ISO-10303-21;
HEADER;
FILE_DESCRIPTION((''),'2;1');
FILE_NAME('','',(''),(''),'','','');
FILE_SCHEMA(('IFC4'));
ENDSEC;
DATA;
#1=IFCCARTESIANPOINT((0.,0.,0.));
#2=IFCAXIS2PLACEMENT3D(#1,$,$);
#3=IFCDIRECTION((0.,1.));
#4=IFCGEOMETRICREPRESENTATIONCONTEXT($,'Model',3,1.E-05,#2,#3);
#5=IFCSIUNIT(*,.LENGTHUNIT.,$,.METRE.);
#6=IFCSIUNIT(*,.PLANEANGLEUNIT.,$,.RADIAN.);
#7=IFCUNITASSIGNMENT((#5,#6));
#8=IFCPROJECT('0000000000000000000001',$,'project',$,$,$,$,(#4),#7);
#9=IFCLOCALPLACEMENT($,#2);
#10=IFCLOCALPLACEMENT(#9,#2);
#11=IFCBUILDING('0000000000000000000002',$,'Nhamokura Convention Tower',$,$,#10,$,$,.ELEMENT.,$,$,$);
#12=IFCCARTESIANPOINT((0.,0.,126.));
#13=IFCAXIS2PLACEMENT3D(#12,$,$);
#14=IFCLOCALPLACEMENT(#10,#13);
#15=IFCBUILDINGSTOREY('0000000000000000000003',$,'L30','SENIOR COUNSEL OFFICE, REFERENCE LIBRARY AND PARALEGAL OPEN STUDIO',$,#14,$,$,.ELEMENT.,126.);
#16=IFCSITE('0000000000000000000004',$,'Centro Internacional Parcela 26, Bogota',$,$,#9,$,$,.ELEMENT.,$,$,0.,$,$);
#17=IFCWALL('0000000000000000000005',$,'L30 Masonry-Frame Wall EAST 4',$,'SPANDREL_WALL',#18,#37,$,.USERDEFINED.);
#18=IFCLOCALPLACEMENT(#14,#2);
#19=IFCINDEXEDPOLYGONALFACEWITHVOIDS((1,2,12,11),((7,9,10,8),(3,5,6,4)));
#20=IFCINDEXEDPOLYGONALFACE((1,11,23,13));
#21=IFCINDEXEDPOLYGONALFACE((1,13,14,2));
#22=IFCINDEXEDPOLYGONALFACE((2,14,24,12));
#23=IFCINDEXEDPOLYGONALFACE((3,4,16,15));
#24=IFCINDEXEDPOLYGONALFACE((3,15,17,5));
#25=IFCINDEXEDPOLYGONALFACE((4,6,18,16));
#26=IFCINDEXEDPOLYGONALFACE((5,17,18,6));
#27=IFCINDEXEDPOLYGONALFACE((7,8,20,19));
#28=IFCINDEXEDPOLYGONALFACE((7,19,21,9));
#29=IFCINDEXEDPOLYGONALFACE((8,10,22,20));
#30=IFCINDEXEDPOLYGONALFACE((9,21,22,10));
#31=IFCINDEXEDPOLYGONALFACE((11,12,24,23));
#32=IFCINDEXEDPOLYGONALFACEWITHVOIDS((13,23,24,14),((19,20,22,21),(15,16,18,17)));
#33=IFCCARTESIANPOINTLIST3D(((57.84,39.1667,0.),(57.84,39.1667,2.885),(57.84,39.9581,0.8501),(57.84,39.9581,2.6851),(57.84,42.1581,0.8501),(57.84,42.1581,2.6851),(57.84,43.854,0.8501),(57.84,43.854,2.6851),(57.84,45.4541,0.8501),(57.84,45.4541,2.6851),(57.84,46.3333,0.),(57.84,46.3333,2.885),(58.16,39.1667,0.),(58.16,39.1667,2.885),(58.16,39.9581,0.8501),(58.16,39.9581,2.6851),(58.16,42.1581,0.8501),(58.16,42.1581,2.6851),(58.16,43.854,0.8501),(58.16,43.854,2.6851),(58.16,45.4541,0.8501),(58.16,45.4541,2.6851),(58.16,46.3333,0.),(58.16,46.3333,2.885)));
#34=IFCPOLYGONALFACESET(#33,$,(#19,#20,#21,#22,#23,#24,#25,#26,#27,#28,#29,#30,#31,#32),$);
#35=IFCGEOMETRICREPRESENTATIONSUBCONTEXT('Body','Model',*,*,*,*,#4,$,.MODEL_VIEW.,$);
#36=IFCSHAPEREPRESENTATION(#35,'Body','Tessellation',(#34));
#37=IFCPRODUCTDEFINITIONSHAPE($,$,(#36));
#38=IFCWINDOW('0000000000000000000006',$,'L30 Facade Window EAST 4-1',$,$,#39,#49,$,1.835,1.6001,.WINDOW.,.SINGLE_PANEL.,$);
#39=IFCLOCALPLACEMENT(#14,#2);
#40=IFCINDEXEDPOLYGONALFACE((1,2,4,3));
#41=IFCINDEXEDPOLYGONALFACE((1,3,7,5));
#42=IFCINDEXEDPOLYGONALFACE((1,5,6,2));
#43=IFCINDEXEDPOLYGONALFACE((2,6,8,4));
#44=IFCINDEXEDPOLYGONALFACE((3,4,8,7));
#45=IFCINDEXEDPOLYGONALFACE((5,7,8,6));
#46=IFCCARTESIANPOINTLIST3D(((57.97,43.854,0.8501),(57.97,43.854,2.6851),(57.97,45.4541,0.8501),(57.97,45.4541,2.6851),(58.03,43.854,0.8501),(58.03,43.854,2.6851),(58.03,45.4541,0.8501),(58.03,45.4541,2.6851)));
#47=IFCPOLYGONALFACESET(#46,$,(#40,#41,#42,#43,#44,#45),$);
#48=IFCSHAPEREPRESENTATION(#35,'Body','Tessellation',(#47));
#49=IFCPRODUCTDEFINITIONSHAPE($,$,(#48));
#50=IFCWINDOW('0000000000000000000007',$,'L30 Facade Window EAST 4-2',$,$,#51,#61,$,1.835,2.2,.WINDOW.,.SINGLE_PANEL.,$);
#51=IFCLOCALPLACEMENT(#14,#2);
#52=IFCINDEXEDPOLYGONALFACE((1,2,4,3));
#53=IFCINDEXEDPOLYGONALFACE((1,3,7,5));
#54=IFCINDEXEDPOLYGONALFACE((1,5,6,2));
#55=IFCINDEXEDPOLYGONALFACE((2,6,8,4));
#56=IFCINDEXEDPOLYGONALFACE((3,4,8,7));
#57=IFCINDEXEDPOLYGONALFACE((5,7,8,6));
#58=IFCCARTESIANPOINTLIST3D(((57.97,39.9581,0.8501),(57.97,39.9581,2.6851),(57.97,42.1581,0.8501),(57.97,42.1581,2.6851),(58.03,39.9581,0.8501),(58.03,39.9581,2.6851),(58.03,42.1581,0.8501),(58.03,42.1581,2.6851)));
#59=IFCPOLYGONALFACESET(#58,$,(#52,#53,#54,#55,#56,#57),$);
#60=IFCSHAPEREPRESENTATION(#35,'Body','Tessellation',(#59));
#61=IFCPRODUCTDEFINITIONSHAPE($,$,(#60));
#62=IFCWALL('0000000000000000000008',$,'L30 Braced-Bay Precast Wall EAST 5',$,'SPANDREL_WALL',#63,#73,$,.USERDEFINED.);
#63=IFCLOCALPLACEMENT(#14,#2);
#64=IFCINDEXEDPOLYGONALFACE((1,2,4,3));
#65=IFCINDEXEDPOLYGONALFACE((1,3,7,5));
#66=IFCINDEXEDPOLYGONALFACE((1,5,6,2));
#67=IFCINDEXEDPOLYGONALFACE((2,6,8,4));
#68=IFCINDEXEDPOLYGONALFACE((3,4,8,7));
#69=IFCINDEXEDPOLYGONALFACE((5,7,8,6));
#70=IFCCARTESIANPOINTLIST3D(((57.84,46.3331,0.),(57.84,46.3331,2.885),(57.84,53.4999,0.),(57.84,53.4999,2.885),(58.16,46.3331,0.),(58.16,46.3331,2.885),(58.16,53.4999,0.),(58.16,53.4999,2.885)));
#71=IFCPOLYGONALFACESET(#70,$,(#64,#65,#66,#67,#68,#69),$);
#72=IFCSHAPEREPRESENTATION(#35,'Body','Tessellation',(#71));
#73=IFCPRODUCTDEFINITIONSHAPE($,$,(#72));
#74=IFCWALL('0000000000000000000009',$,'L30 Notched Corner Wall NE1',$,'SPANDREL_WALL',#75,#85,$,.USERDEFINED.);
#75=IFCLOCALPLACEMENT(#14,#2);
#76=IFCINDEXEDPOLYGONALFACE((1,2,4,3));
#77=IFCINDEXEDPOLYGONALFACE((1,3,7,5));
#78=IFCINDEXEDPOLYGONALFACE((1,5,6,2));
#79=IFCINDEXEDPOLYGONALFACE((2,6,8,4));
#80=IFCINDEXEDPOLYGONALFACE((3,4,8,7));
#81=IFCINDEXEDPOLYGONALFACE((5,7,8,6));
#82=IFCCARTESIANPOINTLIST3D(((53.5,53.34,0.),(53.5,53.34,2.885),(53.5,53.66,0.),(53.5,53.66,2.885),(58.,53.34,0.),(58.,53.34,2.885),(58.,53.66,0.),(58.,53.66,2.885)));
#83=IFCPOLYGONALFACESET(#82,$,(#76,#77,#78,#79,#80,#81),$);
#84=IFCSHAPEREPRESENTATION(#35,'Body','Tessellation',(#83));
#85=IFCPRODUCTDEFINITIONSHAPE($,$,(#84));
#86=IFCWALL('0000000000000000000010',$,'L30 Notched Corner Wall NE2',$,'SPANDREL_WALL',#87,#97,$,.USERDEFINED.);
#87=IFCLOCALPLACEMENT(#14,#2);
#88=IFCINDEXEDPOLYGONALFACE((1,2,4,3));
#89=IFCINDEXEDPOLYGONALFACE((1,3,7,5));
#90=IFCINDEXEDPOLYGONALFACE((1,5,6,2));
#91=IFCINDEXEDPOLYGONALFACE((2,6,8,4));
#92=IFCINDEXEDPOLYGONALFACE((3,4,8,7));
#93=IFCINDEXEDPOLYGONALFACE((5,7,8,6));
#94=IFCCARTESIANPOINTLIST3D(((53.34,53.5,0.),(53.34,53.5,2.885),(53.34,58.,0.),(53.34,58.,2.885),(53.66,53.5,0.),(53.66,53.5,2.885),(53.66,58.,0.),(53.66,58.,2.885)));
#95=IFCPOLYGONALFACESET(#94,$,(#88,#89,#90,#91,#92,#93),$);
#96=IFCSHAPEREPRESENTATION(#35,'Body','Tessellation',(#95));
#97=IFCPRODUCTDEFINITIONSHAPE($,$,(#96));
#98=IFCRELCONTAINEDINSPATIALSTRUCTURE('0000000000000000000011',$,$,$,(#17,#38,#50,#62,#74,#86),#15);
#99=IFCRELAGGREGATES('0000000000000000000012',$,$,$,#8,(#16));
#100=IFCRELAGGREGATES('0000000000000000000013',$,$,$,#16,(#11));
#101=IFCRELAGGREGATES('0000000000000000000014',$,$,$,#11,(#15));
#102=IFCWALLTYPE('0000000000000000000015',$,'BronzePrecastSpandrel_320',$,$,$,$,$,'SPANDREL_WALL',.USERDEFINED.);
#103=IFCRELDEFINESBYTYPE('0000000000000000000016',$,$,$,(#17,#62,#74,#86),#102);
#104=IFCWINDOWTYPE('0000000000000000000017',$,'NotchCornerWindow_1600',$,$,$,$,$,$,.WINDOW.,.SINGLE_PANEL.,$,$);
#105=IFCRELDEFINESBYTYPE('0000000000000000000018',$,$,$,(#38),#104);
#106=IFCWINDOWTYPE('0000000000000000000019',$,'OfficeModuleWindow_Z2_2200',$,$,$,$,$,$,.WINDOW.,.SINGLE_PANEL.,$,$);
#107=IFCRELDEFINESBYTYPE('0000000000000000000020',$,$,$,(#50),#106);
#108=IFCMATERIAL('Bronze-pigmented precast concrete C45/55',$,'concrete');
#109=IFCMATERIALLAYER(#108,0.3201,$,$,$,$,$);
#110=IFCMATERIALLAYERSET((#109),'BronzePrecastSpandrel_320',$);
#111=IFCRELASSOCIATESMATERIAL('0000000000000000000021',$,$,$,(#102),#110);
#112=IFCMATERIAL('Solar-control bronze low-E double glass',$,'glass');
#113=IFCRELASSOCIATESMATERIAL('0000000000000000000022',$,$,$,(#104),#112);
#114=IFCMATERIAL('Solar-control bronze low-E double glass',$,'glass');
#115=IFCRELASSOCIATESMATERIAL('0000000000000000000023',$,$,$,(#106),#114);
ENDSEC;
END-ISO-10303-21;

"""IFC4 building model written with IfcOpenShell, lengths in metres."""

from ifc_helpers import new_model, si_unit, direction, frame, frame_2d, origin, place, context, subcontext, project, spatial, rectangle, extrude, material, layer, layer_set, type_object, element, fill, save


model = new_model("IFC4")

# Units and contexts
model_context = context("Model", 3, precision=1e-05, world=origin(), true_north=direction((0.0, 1.0)))
body_context = subcontext(model_context, "Body", "Model", "MODEL_VIEW")
ifc_project = project(units=[si_unit("LENGTHUNIT", "METRE"), si_unit("PLANEANGLEUNIT", "RADIAN")], contexts=[model_context])

# Site, building, storey
site_placement = place(None, origin())
site = spatial("IfcSite", under=ifc_project, at=site_placement, Name="Centro Internacional Parcela 26, Bogota", CompositionType="ELEMENT", RefElevation=0.0)
building_placement = place(site_placement, origin())
building = spatial("IfcBuilding", under=site, at=building_placement, Name="Nhamokura Convention Tower", CompositionType="ELEMENT")
storey_placement = place(building_placement, frame((0.0, 0.0, 126.0)))
storey = spatial("IfcBuildingStorey", under=building, at=storey_placement, Name="L30", Description="SENIOR COUNSEL OFFICE, REFERENCE LIBRARY AND PARALEGAL OPEN STUDIO", CompositionType="ELEMENT", Elevation=126.0)

# Shared definitions
ifc_material_1 = material(Name="Bronze-pigmented precast concrete C45/55", Category="concrete")
ifc_layer = layer(ifc_material_1, 0.3201)
ifc_layer_set = layer_set([ifc_layer], Name="BronzePrecastSpandrel_320")
wall_type = type_object("IfcWallType", Name="BronzePrecastSpandrel_320", ElementType="SPANDREL_WALL", PredefinedType="USERDEFINED", material=ifc_layer_set)

# Wall, openings, windows
wall_1_placement = place(storey_placement, frame((58.0, 46.3333, 0.0), z_axis=(0.0, 0.0, 1.0), x_axis=(0.0, -1.0, 0.0)))
wall_1 = element("IfcWall", 1, at=wall_1_placement, inside=storey, type_object=wall_type, Name="L30 Masonry-Frame Wall EAST 4", ObjectType="SPANDREL_WALL", PredefinedType="USERDEFINED", context=body_context, shape_type="SweptSolid", body=[
    extrude(rectangle(XDim=7.1665, YDim=0.3201, at=frame_2d((3.5833, 0.0))), origin(), (0.0, 0.0, 1.0), 2.885),
])
opening_1_placement = place(wall_1_placement, frame((0.8792, 0.0, 0.8501)))
opening_1 = element("IfcOpeningElement", 2, at=opening_1_placement, cuts=wall_1, PredefinedType="OPENING", context=body_context, shape_type="SweptSolid", body=[
    extrude(rectangle(XDim=1.6001, YDim=1.835, at=frame_2d((0.8, 0.9175))), frame((0.0, 0.1699, 0.0), z_axis=(0.0, -1.0, 0.0), x_axis=(1.0, 0.0, 0.0)), (0.0, 0.0, 1.0), 0.3401),
])
opening_2_placement = place(wall_1_placement, frame((4.175, 0.0, 0.8501)))
opening_2 = element("IfcOpeningElement", 3, at=opening_2_placement, cuts=wall_1, PredefinedType="OPENING", context=body_context, shape_type="SweptSolid", body=[
    extrude(rectangle(XDim=2.2, YDim=1.835, at=frame_2d((1.1001, 0.9175))), frame((0.0, 0.1699, 0.0), z_axis=(0.0, -1.0, 0.0), x_axis=(1.0, 0.0, 0.0)), (0.0, 0.0, 1.0), 0.3401),
])
ifc_material_2 = material(Name="Solar-control bronze low-E double glass", Category="glass")
window_type_1 = type_object("IfcWindowType", Name="NotchCornerWindow_1600", PartitioningType="SINGLE_PANEL", PredefinedType="WINDOW", material=ifc_material_2)
window_1_placement = place(opening_1_placement, origin())
window_1 = element("IfcWindow", 4, at=window_1_placement, inside=storey, type_object=window_type_1, Name="L30 Facade Window EAST 4-1", OverallHeight=1.835, OverallWidth=1.6001, PartitioningType="SINGLE_PANEL", PredefinedType="WINDOW", context=body_context, shape_type="SweptSolid", body=[
    extrude(rectangle(XDim=1.6001, YDim=1.835, at=frame_2d((0.8, 0.9175))), frame((0.0, 0.03, 0.0), z_axis=(0.0, -1.0, 0.0), x_axis=(1.0, 0.0, 0.0)), (0.0, 0.0, 1.0), 0.0601),
])
fill(opening_1, window_1)
ifc_material_3 = material(Name="Solar-control bronze low-E double glass", Category="glass")
window_type_2 = type_object("IfcWindowType", Name="OfficeModuleWindow_Z2_2200", PartitioningType="SINGLE_PANEL", PredefinedType="WINDOW", material=ifc_material_3)
window_2_placement = place(opening_2_placement, origin())
window_2 = element("IfcWindow", 5, at=window_2_placement, inside=storey, type_object=window_type_2, Name="L30 Facade Window EAST 4-2", OverallHeight=1.835, OverallWidth=2.2, PartitioningType="SINGLE_PANEL", PredefinedType="WINDOW", context=body_context, shape_type="SweptSolid", body=[
    extrude(rectangle(XDim=2.2, YDim=1.835, at=frame_2d((1.1001, 0.9175))), frame((0.0, 0.03, 0.0), z_axis=(0.0, -1.0, 0.0), x_axis=(1.0, 0.0, 0.0)), (0.0, 0.0, 1.0), 0.0601),
])
fill(opening_2, window_2)

# Walls
wall_2_placement = place(storey_placement, frame((58.0, 53.5, 0.0), z_axis=(0.0, 0.0, 1.0), x_axis=(0.0, -1.0, 0.0)))
element("IfcWall", 6, at=wall_2_placement, inside=storey, type_object=wall_type, Name="L30 Braced-Bay Precast Wall EAST 5", ObjectType="SPANDREL_WALL", PredefinedType="USERDEFINED", context=body_context, shape_type="SweptSolid", body=[
    extrude(rectangle(XDim=7.1667, YDim=0.3201, at=frame_2d((3.5835, 0.0))), origin(), (0.0, 0.0, 1.0), 2.885),
])
for number, where, z_axis, x_axis, name in (
    (7, (53.5, 53.5, 0.0), (0.0, 0.0, 1.0), (1.0, 0.0, 0.0), "L30 Notched Corner Wall NE1"),
    (8, (53.5, 58.0, 0.0), (0.0, 0.0, 1.0), (0.0, -1.0, 0.0), "L30 Notched Corner Wall NE2"),
):
    element("IfcWall", number, at=place(storey_placement, frame(where, z_axis=z_axis, x_axis=x_axis)), inside=storey, type_object=wall_type, Name=name, ObjectType="SPANDREL_WALL", PredefinedType="USERDEFINED", context=body_context, shape_type="SweptSolid", body=[
        extrude(rectangle(XDim=4.5, YDim=0.3201, at=frame_2d((2.25, 0.0))), origin(), (0.0, 0.0, 1.0), 2.885),
    ])

save(model, "model.ifc")
